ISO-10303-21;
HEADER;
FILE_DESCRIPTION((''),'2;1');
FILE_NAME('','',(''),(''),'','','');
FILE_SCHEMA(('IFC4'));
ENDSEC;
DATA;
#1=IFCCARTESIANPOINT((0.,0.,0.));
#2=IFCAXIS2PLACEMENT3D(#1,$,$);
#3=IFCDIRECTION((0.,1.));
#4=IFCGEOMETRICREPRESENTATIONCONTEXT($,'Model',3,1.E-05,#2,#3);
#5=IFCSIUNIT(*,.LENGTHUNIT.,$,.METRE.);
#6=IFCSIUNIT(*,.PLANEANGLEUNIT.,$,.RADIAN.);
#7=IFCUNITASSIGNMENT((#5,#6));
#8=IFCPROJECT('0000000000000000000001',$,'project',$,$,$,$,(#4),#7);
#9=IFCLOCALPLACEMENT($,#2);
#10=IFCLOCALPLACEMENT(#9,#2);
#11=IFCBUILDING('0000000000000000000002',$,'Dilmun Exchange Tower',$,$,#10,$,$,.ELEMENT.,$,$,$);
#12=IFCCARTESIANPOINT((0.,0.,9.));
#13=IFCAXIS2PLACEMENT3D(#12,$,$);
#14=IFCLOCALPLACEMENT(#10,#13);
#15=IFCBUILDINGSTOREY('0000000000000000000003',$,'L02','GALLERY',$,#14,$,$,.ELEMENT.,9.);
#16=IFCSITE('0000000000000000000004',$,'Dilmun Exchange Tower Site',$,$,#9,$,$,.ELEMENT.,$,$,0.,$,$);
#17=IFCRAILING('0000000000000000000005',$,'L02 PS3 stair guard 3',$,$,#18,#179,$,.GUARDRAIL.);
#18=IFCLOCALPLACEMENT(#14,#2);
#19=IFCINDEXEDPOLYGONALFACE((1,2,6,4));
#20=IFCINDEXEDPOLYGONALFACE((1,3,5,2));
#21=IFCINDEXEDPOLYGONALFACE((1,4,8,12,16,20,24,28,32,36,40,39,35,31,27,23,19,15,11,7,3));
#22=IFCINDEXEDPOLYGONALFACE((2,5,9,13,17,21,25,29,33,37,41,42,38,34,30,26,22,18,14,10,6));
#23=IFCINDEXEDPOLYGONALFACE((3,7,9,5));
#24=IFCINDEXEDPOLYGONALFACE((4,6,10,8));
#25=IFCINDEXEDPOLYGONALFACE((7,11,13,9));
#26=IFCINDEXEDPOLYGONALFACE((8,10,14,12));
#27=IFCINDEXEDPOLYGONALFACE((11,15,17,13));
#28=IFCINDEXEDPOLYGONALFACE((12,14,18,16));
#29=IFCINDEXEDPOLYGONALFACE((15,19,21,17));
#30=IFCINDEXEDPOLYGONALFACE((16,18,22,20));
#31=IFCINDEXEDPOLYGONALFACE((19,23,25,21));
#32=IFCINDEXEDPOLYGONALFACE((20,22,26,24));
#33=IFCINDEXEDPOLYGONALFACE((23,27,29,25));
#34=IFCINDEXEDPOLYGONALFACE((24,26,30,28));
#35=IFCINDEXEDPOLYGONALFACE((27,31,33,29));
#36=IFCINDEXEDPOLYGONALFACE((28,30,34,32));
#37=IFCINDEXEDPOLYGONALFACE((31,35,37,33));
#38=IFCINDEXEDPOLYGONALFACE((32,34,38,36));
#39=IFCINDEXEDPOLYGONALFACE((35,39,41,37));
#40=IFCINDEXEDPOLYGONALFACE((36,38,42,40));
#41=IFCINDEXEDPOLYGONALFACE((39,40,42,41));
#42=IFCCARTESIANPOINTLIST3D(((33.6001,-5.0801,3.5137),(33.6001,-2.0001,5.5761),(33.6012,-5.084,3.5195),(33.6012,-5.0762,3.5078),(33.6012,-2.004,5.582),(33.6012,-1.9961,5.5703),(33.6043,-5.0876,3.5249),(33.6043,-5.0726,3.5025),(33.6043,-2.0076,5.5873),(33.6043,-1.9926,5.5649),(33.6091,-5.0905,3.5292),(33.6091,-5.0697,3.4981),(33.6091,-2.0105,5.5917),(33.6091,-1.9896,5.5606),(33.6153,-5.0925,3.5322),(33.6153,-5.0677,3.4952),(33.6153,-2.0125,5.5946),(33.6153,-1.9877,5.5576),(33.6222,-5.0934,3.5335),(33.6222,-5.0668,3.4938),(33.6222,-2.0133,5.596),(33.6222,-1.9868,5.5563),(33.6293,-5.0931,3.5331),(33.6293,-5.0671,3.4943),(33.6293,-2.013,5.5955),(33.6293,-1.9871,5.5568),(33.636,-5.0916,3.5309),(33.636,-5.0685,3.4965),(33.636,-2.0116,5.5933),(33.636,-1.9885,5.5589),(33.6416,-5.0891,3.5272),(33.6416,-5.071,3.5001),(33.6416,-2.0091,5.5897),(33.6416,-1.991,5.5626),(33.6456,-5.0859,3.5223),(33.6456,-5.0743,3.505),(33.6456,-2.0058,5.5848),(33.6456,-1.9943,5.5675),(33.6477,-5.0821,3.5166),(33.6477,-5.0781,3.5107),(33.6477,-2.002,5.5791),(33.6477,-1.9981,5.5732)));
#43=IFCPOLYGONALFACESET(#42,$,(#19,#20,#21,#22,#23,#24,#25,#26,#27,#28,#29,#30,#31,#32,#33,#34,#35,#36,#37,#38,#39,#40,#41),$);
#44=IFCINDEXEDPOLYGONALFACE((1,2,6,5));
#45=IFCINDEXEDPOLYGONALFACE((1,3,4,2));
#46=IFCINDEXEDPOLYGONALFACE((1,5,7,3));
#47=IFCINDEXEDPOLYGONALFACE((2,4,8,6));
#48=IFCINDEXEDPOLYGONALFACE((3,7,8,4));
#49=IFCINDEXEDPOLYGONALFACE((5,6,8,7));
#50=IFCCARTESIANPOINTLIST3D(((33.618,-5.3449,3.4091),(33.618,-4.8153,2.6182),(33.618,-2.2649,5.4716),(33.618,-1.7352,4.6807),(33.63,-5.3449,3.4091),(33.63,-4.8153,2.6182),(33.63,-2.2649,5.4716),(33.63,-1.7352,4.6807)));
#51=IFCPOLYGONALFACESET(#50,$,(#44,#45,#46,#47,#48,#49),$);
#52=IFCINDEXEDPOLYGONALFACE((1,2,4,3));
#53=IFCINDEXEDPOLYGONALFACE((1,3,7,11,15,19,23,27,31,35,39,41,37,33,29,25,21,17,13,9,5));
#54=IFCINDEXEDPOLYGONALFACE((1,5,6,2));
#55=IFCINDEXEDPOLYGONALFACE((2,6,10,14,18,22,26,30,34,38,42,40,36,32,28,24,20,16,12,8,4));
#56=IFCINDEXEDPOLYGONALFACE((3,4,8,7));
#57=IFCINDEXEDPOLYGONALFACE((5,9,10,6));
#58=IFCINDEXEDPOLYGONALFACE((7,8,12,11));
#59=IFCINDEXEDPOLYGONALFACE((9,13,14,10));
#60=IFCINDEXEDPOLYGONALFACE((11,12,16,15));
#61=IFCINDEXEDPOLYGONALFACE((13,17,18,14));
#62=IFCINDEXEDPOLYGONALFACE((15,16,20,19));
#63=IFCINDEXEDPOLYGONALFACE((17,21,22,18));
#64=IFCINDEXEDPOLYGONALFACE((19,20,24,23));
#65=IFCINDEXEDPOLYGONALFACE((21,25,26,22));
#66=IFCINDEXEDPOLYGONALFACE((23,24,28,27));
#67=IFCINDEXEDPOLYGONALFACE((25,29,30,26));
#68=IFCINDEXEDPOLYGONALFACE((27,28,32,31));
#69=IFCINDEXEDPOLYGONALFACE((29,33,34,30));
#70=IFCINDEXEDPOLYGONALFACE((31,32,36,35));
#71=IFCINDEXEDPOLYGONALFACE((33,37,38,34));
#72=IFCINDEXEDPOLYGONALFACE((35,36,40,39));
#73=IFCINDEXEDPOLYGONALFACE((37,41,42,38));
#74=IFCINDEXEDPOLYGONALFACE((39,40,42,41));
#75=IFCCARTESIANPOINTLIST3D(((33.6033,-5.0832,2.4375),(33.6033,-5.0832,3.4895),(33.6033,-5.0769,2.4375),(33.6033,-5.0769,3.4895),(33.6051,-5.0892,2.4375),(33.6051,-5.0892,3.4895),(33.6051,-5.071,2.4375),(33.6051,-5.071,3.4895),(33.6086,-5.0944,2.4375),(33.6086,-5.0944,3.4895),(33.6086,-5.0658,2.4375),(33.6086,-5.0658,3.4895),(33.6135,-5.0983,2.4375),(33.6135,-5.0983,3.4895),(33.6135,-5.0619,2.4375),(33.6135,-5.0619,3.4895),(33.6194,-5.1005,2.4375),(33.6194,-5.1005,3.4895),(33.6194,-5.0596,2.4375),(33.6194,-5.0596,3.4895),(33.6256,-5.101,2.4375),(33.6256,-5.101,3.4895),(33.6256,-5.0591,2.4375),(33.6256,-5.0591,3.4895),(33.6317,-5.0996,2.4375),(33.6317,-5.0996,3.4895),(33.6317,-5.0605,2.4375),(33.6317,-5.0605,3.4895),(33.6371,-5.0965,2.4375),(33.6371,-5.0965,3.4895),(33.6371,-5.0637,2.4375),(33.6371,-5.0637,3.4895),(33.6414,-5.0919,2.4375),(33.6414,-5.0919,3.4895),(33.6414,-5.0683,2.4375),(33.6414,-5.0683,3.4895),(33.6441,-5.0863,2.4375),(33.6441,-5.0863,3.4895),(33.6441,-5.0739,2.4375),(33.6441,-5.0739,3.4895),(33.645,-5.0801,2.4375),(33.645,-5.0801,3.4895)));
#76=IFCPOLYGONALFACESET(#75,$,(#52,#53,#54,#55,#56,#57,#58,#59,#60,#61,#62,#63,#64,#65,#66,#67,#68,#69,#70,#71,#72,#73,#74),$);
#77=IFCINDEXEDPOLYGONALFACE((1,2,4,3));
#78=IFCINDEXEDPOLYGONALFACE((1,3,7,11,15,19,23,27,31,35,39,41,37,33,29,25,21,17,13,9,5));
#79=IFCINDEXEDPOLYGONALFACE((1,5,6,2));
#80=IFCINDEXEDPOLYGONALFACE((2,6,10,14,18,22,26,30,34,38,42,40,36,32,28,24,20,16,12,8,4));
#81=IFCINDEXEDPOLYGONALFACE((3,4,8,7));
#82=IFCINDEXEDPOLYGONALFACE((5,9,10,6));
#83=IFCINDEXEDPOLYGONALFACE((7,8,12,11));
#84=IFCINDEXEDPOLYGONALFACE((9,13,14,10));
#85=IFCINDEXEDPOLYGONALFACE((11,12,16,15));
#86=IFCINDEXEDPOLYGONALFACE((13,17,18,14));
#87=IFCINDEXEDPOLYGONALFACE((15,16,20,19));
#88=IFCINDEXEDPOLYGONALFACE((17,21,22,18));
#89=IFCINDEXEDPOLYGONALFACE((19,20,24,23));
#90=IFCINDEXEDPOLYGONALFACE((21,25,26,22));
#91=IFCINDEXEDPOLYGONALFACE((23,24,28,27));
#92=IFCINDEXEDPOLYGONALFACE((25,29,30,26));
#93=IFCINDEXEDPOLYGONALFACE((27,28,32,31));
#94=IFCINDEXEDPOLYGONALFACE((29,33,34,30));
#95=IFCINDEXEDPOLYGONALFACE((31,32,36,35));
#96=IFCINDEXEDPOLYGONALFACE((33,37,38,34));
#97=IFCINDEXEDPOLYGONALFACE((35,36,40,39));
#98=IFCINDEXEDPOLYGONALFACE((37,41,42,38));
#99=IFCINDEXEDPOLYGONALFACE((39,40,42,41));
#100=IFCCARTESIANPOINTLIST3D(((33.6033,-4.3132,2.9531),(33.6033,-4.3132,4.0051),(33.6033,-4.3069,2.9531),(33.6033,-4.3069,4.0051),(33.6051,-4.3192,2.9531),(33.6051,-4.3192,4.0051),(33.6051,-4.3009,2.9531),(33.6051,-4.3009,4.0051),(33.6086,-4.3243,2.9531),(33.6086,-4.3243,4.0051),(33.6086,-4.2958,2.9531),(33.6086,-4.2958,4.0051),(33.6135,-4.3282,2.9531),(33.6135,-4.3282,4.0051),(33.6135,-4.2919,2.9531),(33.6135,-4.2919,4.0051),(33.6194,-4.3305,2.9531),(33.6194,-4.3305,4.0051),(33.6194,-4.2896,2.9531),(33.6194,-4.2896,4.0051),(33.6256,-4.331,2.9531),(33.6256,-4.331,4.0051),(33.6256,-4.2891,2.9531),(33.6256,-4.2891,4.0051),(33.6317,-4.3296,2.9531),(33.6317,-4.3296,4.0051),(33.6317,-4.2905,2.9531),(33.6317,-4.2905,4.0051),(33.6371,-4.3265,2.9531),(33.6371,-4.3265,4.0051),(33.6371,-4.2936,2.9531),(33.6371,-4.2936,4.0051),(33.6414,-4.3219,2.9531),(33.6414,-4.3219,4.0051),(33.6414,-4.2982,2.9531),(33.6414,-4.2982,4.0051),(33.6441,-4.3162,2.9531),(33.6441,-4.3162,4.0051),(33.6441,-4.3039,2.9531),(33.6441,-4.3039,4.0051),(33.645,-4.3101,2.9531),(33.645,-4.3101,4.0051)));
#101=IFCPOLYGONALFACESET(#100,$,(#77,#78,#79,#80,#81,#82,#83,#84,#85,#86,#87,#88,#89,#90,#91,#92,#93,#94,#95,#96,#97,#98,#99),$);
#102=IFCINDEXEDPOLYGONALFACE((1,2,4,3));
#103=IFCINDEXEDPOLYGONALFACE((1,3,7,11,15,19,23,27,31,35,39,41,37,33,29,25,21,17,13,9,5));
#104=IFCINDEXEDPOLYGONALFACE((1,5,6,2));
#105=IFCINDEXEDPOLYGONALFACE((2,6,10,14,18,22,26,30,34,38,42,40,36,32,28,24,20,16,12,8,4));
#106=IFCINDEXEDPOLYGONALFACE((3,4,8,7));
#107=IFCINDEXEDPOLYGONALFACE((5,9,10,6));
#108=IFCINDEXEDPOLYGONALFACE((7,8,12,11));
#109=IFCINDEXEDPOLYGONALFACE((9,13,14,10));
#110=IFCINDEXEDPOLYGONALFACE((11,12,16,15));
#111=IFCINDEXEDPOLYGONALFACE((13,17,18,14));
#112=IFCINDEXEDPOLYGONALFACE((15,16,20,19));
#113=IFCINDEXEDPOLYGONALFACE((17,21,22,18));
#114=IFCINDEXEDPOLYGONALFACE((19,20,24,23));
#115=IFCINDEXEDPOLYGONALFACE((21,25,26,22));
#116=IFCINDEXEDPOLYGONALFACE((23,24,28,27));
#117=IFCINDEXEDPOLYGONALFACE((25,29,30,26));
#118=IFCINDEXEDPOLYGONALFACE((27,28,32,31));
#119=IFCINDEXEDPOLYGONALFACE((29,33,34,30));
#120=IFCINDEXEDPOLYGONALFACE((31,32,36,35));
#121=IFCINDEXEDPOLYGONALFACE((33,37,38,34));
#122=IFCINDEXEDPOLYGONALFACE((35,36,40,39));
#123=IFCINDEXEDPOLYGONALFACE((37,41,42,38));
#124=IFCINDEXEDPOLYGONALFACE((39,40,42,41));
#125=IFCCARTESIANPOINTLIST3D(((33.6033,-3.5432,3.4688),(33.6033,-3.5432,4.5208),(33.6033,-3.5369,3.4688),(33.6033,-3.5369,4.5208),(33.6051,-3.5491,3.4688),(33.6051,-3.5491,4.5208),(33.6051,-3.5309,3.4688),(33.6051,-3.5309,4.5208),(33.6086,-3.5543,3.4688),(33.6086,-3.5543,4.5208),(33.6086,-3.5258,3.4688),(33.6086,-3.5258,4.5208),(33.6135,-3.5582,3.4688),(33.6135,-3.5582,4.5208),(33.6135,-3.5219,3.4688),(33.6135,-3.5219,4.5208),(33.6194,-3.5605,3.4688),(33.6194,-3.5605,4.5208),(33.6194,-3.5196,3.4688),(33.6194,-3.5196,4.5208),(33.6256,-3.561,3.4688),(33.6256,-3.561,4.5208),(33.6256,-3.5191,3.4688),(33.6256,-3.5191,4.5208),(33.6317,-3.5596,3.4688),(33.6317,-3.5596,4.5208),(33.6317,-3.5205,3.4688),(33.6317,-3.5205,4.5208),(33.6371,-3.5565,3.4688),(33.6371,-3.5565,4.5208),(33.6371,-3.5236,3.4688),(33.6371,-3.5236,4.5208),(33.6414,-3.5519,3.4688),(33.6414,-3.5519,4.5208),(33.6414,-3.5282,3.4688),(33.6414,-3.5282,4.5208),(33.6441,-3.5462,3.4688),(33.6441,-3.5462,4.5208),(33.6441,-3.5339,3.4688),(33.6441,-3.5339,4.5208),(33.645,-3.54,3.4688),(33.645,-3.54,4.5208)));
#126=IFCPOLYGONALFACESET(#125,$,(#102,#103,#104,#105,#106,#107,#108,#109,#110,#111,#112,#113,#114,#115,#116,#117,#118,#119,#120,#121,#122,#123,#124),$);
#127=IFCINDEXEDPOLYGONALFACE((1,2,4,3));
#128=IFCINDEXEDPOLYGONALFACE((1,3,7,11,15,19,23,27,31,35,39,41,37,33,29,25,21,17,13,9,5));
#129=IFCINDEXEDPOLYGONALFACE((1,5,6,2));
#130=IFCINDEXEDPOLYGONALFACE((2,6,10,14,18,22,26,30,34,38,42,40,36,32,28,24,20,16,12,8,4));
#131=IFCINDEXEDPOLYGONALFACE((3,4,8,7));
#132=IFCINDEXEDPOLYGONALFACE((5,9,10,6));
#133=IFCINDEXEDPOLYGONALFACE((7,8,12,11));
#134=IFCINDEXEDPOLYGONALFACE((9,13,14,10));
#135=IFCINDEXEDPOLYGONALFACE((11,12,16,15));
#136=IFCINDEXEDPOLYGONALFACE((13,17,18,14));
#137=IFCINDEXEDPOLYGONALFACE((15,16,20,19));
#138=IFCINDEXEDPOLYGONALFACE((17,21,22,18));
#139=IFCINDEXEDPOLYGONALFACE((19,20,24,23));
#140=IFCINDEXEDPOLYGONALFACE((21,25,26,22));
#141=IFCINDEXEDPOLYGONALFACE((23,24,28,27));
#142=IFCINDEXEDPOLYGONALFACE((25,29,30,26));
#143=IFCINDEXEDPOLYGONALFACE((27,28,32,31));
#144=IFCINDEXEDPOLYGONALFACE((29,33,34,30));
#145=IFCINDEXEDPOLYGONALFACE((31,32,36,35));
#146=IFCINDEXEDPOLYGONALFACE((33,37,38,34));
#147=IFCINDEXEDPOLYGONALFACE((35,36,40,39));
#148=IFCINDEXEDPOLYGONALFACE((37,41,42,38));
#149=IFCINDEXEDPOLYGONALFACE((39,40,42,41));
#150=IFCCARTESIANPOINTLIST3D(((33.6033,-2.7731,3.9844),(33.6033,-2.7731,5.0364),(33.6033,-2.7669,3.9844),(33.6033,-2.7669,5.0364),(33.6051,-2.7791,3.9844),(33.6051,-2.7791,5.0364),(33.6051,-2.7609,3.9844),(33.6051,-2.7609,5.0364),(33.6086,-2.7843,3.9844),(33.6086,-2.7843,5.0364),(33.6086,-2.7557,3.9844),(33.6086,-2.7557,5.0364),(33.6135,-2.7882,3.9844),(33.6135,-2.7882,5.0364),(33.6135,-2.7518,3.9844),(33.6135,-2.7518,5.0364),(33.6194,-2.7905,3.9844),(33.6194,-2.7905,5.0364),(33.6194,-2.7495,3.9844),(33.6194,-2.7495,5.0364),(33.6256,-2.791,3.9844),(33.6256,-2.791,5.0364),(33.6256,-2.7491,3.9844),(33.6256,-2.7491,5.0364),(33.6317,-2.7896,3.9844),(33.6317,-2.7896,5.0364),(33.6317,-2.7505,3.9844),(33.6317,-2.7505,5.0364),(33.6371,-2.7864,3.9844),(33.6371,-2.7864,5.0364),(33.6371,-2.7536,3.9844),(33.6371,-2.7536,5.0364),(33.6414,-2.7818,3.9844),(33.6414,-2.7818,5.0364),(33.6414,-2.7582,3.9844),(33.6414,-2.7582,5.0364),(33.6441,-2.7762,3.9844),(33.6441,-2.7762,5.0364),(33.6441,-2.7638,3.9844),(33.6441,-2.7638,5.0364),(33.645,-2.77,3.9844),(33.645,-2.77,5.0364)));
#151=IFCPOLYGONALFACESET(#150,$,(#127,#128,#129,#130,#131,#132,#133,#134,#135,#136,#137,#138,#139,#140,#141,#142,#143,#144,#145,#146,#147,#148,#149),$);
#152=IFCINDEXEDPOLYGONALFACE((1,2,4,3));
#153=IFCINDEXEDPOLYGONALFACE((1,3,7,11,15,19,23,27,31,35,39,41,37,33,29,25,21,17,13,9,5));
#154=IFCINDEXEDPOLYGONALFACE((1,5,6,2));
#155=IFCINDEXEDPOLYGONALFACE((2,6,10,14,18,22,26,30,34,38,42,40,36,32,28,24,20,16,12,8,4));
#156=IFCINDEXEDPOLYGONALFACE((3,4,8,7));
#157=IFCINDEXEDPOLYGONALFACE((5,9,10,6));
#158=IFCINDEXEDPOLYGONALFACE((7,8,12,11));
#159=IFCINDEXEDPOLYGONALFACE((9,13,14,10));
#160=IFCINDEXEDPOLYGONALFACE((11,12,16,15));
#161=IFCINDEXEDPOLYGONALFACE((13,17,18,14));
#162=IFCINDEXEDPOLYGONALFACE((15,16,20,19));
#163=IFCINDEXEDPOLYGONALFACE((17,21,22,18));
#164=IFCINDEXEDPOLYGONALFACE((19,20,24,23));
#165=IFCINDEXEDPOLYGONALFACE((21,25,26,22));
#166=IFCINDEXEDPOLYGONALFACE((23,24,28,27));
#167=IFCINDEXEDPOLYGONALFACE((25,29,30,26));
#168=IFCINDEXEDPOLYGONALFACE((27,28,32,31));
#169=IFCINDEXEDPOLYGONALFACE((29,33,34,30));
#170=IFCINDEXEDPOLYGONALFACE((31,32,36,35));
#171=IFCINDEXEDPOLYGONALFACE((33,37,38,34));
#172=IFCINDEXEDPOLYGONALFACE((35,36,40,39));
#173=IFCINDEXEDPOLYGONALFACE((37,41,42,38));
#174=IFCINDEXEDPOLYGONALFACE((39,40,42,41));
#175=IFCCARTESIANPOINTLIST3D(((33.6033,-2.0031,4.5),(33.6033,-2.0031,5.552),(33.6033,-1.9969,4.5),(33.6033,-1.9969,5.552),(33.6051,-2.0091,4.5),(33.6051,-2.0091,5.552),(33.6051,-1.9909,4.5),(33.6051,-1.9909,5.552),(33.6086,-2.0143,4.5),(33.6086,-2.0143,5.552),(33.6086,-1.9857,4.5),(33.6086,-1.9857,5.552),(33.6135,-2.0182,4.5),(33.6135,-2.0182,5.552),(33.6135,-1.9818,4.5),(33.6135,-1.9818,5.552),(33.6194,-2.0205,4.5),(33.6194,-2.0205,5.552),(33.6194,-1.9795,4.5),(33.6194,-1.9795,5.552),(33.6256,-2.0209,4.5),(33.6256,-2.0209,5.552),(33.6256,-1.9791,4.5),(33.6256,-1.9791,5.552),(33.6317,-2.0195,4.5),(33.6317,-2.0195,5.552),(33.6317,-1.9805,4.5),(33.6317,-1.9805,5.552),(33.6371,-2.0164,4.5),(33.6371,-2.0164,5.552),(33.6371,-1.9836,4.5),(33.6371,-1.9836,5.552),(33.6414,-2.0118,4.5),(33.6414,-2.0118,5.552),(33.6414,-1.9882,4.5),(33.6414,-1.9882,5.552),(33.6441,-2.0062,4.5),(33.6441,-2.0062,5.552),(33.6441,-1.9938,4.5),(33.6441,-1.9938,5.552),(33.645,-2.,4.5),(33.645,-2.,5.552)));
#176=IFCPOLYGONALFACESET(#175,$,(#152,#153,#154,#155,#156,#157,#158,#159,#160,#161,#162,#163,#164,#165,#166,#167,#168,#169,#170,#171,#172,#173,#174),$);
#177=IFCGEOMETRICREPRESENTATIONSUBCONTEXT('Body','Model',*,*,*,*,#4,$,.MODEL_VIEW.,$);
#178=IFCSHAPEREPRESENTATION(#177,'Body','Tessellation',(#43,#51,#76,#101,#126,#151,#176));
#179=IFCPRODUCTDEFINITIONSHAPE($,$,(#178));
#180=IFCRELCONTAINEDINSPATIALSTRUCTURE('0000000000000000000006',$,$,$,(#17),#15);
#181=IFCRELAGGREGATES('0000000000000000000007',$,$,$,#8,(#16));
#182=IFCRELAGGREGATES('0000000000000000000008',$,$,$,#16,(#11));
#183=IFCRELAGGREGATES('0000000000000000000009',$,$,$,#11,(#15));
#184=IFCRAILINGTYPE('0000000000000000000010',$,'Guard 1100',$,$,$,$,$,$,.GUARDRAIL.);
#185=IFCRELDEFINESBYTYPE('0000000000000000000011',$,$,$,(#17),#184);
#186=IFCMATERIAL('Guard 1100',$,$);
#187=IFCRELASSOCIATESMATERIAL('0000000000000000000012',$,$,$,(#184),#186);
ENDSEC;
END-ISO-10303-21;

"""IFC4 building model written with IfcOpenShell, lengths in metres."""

from ifc_helpers import new_model, si_unit, direction, frame, origin, origin_2d, place, context, subcontext, project, spatial, rectangle, circle, extrude, material, type_object, element, save


model = new_model("IFC4")

# Units and contexts
model_context = context("Model", 3, precision=1e-05, world=origin(), true_north=direction((0.0, 1.0)))
body_context = subcontext(model_context, "Body", "Model", "MODEL_VIEW")
ifc_project = project(units=[si_unit("LENGTHUNIT", "METRE"), si_unit("PLANEANGLEUNIT", "RADIAN")], contexts=[model_context])

# Site, building, storey
site_placement = place(None, origin())
site = spatial("IfcSite", under=ifc_project, at=site_placement, Name="Dilmun Exchange Tower Site", CompositionType="ELEMENT", RefElevation=0.0)
building_placement = place(site_placement, origin())
building = spatial("IfcBuilding", under=site, at=building_placement, Name="Dilmun Exchange Tower", CompositionType="ELEMENT")
storey_placement = place(building_placement, frame((0.0, 0.0, 9.0)))
storey = spatial("IfcBuildingStorey", under=building, at=storey_placement, Name="L02", Description="GALLERY", CompositionType="ELEMENT", Elevation=9.0)

# Railing
ifc_material_1 = material(Name="Guard 1100")
railing_type_1 = type_object("IfcRailingType", Name="Guard 1100", PredefinedType="GUARDRAIL", material=ifc_material_1)
railing_1_placement = place(storey_placement, frame((33.624, -5.0801, 2.4375)))
element("IfcRailing", 1, at=railing_1_placement, inside=storey, type_object=railing_type_1, Name="L02 PS3 stair guard 3", PredefinedType="GUARDRAIL", context=body_context, shape_type="SweptSolid", body=[
    extrude(circle(Radius=0.0239, at=origin_2d()), frame((0.0, 0.0, 1.0762), z_axis=(0.0, 0.830914, 0.556401), x_axis=(-1.0, 0.0, 0.0)), (0.0, 0.0, 1.0), 3.7068),
    extrude(rectangle(XDim=0.012, YDim=0.9519, at=origin_2d()), frame((0.0, 0.0, 0.5762), z_axis=(0.0, 0.830914, 0.556401), x_axis=(-1.0, 0.0, 0.0)), (0.0, 0.0, 1.0), 3.7068),
    extrude(circle(Radius=0.021, at=origin_2d()), origin(), (0.0, 0.0, 1.0), 1.052),
    extrude(circle(Radius=0.021, at=origin_2d()), frame((0.0, 0.77, 0.5156)), (0.0, 0.0, 1.0), 1.052),
    extrude(circle(Radius=0.021, at=origin_2d()), frame((0.0, 1.54, 1.0312)), (0.0, 0.0, 1.0), 1.052),
    extrude(circle(Radius=0.021, at=origin_2d()), frame((0.0, 2.3101, 1.5469)), (0.0, 0.0, 1.0), 1.052),
    extrude(circle(Radius=0.021, at=origin_2d()), frame((0.0, 3.0801, 2.0625)), (0.0, 0.0, 1.0), 1.052),
])

save(model, "model.ifc")
